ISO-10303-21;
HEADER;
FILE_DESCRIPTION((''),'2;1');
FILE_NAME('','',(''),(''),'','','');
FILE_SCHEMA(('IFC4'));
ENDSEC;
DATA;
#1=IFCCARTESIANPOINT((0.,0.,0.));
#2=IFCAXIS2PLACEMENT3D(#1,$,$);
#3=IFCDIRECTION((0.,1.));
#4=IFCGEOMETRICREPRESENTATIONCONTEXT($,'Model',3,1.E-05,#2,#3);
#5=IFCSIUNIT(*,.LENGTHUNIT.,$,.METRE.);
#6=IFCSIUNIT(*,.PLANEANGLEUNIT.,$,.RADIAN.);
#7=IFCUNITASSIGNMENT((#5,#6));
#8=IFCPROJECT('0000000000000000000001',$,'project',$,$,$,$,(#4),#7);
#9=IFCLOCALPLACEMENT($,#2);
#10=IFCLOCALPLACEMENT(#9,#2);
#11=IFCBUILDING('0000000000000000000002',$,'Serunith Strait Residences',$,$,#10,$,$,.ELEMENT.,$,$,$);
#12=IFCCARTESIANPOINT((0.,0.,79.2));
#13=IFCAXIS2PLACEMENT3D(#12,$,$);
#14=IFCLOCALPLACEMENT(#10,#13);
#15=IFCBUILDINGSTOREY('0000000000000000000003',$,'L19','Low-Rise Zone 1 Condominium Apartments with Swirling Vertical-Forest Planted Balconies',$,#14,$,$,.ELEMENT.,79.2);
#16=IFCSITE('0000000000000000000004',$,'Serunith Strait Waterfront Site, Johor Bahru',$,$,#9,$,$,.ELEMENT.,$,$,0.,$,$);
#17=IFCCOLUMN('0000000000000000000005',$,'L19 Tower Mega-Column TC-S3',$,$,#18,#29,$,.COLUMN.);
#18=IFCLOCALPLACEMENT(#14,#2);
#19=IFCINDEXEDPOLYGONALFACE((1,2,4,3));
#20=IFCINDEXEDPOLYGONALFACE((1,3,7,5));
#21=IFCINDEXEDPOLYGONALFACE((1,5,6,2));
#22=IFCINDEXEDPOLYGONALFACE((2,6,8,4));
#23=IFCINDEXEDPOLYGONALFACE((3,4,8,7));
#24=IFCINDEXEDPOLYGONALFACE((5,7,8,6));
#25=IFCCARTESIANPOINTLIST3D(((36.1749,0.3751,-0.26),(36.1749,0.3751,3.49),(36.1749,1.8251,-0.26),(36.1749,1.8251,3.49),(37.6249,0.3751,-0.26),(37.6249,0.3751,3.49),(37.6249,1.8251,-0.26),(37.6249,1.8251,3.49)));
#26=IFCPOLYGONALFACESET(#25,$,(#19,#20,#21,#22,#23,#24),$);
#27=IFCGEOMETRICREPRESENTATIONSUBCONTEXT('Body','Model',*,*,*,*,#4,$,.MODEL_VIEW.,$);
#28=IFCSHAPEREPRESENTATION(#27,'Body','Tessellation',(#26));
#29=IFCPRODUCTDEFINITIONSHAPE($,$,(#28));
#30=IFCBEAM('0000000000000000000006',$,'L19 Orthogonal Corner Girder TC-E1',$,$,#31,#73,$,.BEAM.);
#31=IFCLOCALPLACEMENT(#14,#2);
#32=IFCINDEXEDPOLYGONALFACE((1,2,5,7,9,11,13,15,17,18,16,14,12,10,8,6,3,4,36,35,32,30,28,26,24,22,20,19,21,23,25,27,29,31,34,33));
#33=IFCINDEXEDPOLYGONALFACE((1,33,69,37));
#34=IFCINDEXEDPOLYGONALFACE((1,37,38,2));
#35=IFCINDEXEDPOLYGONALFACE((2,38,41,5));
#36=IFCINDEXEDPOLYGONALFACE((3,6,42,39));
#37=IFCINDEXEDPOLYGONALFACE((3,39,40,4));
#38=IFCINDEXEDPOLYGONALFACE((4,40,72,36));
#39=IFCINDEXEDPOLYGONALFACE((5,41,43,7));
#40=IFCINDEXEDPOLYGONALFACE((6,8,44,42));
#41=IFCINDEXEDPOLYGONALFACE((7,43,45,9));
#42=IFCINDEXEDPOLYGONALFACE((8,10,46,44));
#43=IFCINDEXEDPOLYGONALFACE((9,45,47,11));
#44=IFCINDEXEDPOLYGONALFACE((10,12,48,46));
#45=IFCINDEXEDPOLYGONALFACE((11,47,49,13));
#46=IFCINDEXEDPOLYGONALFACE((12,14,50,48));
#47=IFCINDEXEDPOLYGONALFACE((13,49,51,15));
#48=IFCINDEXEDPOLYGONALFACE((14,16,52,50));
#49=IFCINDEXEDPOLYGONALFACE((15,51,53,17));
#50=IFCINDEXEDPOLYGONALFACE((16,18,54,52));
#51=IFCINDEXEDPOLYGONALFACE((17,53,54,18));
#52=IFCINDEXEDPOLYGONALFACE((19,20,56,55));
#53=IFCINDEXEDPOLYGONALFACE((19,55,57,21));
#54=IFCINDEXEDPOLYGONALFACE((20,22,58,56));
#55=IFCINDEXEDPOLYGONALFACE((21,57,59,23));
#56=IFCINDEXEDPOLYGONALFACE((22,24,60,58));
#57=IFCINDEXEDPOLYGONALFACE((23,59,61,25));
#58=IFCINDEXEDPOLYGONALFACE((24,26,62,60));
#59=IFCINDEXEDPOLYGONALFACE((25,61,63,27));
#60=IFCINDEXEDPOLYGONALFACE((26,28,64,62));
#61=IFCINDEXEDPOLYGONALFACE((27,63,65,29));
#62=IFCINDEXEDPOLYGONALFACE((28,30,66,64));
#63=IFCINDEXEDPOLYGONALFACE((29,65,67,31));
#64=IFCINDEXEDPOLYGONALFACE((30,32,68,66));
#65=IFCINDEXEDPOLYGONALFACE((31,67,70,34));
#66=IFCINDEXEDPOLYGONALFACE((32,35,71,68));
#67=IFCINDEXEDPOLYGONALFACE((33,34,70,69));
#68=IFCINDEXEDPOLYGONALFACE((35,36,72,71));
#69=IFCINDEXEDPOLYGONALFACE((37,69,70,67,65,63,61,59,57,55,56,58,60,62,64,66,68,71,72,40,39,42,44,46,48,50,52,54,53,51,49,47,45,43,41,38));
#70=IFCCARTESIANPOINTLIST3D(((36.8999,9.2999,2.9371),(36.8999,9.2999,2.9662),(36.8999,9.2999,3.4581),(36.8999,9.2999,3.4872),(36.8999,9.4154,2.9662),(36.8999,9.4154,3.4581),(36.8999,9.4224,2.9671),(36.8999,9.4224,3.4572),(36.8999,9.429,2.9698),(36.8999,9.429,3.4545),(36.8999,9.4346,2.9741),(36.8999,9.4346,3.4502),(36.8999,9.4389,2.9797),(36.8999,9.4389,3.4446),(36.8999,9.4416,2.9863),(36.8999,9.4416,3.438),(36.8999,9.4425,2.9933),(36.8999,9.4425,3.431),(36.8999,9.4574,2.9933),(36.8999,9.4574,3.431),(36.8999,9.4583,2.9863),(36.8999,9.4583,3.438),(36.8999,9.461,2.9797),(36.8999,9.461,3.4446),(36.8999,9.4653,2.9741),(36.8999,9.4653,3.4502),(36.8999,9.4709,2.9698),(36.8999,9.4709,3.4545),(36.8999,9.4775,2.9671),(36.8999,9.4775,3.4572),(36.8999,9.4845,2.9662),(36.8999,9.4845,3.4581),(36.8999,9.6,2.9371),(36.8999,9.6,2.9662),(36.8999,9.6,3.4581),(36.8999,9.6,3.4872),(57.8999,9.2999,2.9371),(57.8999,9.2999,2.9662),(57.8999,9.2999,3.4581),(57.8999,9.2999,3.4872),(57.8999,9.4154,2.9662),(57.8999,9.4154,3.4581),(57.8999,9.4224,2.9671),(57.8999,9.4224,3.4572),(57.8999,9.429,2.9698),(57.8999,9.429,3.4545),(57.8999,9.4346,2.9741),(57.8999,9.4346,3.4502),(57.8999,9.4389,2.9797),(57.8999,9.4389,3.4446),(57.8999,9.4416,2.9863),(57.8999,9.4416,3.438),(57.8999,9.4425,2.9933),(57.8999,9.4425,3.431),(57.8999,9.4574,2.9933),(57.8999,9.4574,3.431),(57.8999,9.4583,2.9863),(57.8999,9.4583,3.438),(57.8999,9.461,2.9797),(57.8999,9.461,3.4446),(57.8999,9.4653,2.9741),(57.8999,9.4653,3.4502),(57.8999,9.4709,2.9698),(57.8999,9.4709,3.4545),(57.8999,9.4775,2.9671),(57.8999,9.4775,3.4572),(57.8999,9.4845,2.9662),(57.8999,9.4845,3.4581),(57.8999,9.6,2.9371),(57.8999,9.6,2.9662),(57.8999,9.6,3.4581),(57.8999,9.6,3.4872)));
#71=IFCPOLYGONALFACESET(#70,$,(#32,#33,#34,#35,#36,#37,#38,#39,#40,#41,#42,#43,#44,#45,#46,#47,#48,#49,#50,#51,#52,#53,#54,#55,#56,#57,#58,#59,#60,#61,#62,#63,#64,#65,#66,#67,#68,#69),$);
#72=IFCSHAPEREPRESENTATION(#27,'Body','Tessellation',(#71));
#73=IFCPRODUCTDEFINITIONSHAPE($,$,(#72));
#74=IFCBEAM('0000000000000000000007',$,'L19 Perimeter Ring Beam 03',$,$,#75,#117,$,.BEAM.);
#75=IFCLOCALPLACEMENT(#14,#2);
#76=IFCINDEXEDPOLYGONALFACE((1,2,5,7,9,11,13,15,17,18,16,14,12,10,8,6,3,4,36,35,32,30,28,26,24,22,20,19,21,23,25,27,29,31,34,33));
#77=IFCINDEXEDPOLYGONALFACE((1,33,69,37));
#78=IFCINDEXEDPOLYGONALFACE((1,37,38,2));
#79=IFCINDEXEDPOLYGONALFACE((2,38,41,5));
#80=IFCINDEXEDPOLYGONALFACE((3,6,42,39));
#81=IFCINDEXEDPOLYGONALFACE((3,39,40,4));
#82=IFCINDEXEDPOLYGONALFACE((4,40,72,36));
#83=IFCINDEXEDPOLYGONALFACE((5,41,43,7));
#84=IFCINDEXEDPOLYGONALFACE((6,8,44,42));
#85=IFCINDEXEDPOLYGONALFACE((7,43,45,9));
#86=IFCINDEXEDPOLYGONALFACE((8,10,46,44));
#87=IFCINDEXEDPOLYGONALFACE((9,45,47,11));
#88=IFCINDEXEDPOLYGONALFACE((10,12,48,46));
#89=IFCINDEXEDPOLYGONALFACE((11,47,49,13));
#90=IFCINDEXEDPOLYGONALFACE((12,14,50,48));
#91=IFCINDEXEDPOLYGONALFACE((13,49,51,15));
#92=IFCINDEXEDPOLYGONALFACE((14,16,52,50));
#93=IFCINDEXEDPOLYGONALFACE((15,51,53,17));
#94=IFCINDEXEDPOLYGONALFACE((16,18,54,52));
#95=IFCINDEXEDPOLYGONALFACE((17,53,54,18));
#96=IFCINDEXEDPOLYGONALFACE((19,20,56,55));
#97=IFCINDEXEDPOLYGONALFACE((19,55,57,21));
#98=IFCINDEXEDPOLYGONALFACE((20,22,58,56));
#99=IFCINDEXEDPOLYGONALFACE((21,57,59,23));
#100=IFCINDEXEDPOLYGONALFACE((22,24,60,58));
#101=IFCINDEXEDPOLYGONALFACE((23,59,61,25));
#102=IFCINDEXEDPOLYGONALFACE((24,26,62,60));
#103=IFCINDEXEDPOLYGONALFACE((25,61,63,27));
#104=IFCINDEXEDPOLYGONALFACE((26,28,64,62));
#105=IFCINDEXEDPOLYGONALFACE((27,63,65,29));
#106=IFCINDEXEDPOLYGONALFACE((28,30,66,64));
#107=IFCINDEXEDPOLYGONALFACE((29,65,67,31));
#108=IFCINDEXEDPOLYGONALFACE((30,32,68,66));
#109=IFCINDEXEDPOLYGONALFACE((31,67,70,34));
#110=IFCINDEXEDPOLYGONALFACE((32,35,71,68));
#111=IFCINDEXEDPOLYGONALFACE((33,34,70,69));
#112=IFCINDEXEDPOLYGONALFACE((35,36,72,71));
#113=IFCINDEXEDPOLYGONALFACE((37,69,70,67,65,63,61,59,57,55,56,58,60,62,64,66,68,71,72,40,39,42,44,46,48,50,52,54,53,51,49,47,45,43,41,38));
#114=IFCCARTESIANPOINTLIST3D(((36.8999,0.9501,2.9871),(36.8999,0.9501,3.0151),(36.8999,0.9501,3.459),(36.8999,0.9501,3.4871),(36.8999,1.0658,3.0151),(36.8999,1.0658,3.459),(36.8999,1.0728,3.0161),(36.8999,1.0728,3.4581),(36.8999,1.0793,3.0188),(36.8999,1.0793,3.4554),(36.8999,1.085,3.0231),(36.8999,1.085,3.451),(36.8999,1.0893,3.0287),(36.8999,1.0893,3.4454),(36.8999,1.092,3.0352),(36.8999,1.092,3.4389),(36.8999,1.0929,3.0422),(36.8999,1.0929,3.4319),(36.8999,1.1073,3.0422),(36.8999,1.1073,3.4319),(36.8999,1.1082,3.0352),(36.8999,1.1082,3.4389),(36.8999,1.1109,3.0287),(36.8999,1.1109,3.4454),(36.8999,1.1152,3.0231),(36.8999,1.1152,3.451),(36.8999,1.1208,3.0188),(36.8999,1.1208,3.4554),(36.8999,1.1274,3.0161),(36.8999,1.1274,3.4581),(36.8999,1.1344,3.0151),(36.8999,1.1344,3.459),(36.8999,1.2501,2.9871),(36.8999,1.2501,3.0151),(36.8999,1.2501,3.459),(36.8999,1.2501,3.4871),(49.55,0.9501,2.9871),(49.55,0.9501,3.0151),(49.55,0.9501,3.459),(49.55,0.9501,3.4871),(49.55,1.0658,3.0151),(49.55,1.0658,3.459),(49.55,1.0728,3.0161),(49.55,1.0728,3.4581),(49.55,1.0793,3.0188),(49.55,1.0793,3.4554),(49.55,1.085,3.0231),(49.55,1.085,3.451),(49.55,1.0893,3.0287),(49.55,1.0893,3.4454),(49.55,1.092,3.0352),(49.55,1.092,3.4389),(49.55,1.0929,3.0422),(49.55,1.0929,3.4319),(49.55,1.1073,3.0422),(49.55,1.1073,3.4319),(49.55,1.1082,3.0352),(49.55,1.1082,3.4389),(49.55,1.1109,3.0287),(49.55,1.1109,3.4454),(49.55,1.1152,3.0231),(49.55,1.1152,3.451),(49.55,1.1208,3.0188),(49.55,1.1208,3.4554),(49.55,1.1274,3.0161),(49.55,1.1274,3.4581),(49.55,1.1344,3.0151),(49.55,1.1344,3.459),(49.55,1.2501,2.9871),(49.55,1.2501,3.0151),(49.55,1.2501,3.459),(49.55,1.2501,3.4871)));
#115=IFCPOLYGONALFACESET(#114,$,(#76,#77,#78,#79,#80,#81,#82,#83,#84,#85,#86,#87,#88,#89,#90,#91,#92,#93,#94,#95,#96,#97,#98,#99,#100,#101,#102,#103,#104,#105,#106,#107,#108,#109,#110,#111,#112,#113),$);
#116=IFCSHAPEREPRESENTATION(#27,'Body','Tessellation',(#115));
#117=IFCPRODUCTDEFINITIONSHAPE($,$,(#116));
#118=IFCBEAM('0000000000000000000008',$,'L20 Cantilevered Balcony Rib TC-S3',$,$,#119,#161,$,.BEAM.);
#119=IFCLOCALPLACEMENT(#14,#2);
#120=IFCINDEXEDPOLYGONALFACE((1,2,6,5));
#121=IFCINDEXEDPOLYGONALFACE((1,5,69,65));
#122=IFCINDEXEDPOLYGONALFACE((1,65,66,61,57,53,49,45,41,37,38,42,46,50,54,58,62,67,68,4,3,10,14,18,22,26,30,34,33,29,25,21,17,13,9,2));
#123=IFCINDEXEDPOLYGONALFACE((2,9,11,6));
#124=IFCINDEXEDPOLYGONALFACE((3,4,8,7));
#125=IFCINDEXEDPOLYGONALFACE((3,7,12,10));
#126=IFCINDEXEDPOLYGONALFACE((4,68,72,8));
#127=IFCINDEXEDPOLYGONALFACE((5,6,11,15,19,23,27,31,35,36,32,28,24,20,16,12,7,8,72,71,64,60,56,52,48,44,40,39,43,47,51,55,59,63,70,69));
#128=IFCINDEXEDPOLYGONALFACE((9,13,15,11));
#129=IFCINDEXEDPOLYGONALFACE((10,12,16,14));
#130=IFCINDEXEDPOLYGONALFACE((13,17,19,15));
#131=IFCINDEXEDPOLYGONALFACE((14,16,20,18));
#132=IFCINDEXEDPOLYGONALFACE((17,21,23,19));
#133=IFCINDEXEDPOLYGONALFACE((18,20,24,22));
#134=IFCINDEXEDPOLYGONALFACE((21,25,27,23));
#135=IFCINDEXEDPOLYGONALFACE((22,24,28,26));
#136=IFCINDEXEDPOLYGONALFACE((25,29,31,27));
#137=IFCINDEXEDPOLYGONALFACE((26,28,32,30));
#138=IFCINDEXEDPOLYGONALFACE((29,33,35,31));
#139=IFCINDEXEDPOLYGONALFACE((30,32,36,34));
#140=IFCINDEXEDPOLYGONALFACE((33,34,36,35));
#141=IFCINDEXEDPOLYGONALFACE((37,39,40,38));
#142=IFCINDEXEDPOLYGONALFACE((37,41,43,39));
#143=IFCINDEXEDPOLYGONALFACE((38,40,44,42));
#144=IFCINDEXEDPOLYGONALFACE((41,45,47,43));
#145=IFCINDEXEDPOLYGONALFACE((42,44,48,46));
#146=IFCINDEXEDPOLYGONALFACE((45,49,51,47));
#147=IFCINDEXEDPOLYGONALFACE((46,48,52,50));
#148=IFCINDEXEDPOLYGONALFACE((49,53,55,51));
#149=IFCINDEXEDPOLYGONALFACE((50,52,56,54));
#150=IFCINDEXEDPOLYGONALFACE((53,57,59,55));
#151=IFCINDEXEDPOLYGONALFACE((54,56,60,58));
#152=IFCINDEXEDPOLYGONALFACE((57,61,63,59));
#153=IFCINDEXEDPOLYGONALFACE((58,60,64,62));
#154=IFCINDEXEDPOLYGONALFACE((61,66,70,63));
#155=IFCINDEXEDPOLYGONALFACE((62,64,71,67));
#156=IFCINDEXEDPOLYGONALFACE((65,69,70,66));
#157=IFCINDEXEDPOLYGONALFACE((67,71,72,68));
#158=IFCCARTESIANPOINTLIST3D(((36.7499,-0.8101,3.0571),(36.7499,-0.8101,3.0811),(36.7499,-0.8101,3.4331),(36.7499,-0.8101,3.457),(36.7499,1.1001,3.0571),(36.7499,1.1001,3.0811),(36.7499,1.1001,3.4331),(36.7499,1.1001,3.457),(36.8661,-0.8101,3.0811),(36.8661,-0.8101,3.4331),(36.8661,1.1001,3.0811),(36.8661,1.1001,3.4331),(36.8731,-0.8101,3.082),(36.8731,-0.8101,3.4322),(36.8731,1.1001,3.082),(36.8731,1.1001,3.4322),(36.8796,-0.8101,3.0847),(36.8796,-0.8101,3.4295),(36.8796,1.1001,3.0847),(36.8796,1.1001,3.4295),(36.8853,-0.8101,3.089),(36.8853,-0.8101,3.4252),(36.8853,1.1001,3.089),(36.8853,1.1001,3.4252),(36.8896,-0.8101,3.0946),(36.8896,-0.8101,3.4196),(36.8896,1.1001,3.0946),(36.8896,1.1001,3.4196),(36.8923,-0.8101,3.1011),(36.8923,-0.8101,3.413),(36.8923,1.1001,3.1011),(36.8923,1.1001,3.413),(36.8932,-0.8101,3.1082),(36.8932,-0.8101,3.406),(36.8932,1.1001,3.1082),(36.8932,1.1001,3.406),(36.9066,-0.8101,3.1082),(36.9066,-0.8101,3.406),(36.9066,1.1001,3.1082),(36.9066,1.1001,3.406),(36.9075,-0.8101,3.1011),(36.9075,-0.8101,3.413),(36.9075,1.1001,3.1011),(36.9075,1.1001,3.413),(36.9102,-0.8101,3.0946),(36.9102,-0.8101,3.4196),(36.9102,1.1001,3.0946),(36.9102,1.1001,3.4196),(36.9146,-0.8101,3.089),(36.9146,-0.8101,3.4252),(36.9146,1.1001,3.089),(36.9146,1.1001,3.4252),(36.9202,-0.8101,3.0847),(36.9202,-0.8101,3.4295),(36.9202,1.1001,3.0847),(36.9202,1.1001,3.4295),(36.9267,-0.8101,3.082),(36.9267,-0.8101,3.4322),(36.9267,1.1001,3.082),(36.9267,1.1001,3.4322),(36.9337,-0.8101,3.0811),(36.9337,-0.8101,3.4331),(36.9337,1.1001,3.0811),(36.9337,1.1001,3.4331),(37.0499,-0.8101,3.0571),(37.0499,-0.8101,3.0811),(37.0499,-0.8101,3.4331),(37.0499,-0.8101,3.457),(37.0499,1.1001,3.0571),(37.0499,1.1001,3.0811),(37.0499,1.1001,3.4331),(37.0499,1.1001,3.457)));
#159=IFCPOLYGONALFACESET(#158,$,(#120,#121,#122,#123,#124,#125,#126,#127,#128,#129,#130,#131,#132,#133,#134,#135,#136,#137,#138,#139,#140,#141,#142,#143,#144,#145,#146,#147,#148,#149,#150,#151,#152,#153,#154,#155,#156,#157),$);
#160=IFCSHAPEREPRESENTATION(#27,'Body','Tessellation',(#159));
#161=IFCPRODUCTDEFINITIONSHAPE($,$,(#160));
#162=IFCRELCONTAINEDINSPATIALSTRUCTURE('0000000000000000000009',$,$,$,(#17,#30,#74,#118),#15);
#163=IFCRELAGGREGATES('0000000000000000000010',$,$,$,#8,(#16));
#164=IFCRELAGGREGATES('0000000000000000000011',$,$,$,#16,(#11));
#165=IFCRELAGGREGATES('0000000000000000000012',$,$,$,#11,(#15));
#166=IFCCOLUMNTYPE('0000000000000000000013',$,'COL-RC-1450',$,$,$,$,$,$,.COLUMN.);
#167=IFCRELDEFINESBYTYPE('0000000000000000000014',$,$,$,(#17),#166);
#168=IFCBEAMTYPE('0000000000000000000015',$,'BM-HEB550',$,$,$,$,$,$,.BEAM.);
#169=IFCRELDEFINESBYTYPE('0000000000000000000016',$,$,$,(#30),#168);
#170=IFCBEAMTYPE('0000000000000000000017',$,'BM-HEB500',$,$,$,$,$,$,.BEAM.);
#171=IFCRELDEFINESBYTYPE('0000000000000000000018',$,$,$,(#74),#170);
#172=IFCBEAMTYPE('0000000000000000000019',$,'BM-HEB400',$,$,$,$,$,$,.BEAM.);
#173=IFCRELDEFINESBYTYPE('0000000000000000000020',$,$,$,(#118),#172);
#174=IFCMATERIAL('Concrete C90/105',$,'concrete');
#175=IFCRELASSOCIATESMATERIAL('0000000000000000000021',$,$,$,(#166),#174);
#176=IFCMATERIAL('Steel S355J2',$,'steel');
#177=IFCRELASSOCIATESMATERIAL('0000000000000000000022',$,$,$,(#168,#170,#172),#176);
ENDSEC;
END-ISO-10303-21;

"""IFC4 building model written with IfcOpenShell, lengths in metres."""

from ifc_helpers import new_model, si_unit, direction, frame, origin, origin_2d, place, context, subcontext, project, spatial, rectangle, i_section, extrude, source, transform, mapped, material, material_profile, profile_set, type_object, element, save


model = new_model("IFC4")

# Units and contexts
model_context = context("Model", 3, precision=1e-05, world=origin(), true_north=direction((0.0, 1.0)))
body_context = subcontext(model_context, "Body", "Model", "MODEL_VIEW")
ifc_project = project(units=[si_unit("LENGTHUNIT", "METRE"), si_unit("PLANEANGLEUNIT", "RADIAN")], contexts=[model_context])

# Site, building, storey
site_placement = place(None, origin())
site = spatial("IfcSite", under=ifc_project, at=site_placement, Name="Serunith Strait Waterfront Site, Johor Bahru", CompositionType="ELEMENT", RefElevation=0.0)
building_placement = place(site_placement, origin())
building = spatial("IfcBuilding", under=site, at=building_placement, Name="Serunith Strait Residences", CompositionType="ELEMENT")
storey_placement = place(building_placement, frame((0.0, 0.0, 79.2)))
storey = spatial("IfcBuildingStorey", under=building, at=storey_placement, Name="L19", Description="Low-Rise Zone 1 Condominium Apartments with Swirling Vertical-Forest Planted Balconies", CompositionType="ELEMENT", Elevation=79.2)

# Column
ifc_material_1 = material(Name="Concrete C90/105", Category="concrete")
ifc_material_profile_1 = material_profile(ifc_material_1, rectangle(XDim=1.45, YDim=1.45, at=origin_2d()), Name="RC 1450x1450")
ifc_profile_set_1 = profile_set([ifc_material_profile_1], Name="Concrete C90/105")
column_type = type_object("IfcColumnType", Name="COL-RC-1450", PredefinedType="COLUMN", material=ifc_profile_set_1)
shared_shape_1 = source(origin(), body_context, "Body", "SweptSolid", [
    extrude(rectangle(XDim=1.45, YDim=1.45, at=origin_2d()), origin(), (0.0, 0.0, 1.0), 3.75),
])
column_placement = place(storey_placement, frame((36.8999, 1.1001, -0.26), z_axis=(0.0, 0.0, 1.0), x_axis=(1.0, 0.0, 0.0)))
element("IfcColumn", 1, at=column_placement, inside=storey, type_object=column_type, Name="L19 Tower Mega-Column TC-S3", PredefinedType="COLUMN", context=body_context, shape_type="MappedRepresentation", body=[
    mapped(shared_shape_1, transform((0.0, 0.0, 0.0), scale=1.0)),
])

# Beams
ifc_material_2 = material(Name="Steel S355J2", Category="steel")
ifc_material_profile_2 = material_profile(ifc_material_2, i_section(OverallWidth=0.3, OverallDepth=0.55, WebThickness=0.0149, FlangeThickness=0.0291, FilletRadius=0.0271, at=origin_2d()), Name="HEB 550")
ifc_profile_set_2 = profile_set([ifc_material_profile_2], Name="Steel S355J2")
beam_type_1 = type_object("IfcBeamType", Name="BM-HEB550", PredefinedType="BEAM", material=ifc_profile_set_2)
shared_shape_2 = source(origin(), body_context, "Body", "SweptSolid", [
    extrude(i_section(OverallWidth=0.3, OverallDepth=0.55, WebThickness=0.0149, FlangeThickness=0.0291, FilletRadius=0.0271, at=origin_2d()), origin(), (0.0, 0.0, 1.0), 21.0),
])
beam_1_placement = place(storey_placement, frame((36.8999, 9.45, 3.2122), z_axis=(1.0, 0.0, 0.0), x_axis=(0.0, 1.0, 0.0)))
element("IfcBeam", 2, at=beam_1_placement, inside=storey, type_object=beam_type_1, Name="L19 Orthogonal Corner Girder TC-E1", PredefinedType="BEAM", context=body_context, shape_type="MappedRepresentation", body=[
    mapped(shared_shape_2, transform((0.0, 0.0, 0.0), scale=1.0)),
])
ifc_material_profile_3 = material_profile(ifc_material_2, i_section(OverallWidth=0.3, OverallDepth=0.5, WebThickness=0.0144, FlangeThickness=0.0281, FilletRadius=0.0271, at=origin_2d()), Name="HEB 500")
ifc_profile_set_3 = profile_set([ifc_material_profile_3], Name="Steel S355J2")
beam_type_2 = type_object("IfcBeamType", Name="BM-HEB500", PredefinedType="BEAM", material=ifc_profile_set_3)
shared_shape_3 = source(origin(), body_context, "Body", "SweptSolid", [
    extrude(i_section(OverallWidth=0.3, OverallDepth=0.5, WebThickness=0.0144, FlangeThickness=0.0281, FilletRadius=0.0271, at=origin_2d()), origin(), (0.0, 0.0, 1.0), 12.6501),
])
beam_2_placement = place(storey_placement, frame((36.8999, 1.1001, 3.2371), z_axis=(1.0, 0.0, 0.0), x_axis=(0.0, 1.0, 0.0)))
element("IfcBeam", 3, at=beam_2_placement, inside=storey, type_object=beam_type_2, Name="L19 Perimeter Ring Beam 03", PredefinedType="BEAM", context=body_context, shape_type="MappedRepresentation", body=[
    mapped(shared_shape_3, transform((0.0, 0.0, 0.0), scale=1.0)),
])
ifc_material_profile_4 = material_profile(ifc_material_2, i_section(OverallWidth=0.3, OverallDepth=0.3999, WebThickness=0.0134, FlangeThickness=0.0239, FilletRadius=0.0271, at=origin_2d()), Name="HEB 400")
ifc_profile_set_4 = profile_set([ifc_material_profile_4], Name="Steel S355J2")
beam_type_3 = type_object("IfcBeamType", Name="BM-HEB400", PredefinedType="BEAM", material=ifc_profile_set_4)
shared_shape_4 = source(origin(), body_context, "Body", "SweptSolid", [
    extrude(i_section(OverallWidth=0.3, OverallDepth=0.3999, WebThickness=0.0134, FlangeThickness=0.0239, FilletRadius=0.0271, at=origin_2d()), origin(), (0.0, 0.0, 1.0), 1.9102),
])
beam_3_placement = place(storey_placement, frame((36.8999, 1.1001, 3.2571), z_axis=(0.0, -1.0, 0.0), x_axis=(1.0, 0.0, 0.0)))
element("IfcBeam", 4, at=beam_3_placement, inside=storey, type_object=beam_type_3, Name="L20 Cantilevered Balcony Rib TC-S3", PredefinedType="BEAM", context=body_context, shape_type="MappedRepresentation", body=[
    mapped(shared_shape_4, transform((0.0, 0.0, 0.0), scale=1.0)),
])

save(model, "model.ifc")
